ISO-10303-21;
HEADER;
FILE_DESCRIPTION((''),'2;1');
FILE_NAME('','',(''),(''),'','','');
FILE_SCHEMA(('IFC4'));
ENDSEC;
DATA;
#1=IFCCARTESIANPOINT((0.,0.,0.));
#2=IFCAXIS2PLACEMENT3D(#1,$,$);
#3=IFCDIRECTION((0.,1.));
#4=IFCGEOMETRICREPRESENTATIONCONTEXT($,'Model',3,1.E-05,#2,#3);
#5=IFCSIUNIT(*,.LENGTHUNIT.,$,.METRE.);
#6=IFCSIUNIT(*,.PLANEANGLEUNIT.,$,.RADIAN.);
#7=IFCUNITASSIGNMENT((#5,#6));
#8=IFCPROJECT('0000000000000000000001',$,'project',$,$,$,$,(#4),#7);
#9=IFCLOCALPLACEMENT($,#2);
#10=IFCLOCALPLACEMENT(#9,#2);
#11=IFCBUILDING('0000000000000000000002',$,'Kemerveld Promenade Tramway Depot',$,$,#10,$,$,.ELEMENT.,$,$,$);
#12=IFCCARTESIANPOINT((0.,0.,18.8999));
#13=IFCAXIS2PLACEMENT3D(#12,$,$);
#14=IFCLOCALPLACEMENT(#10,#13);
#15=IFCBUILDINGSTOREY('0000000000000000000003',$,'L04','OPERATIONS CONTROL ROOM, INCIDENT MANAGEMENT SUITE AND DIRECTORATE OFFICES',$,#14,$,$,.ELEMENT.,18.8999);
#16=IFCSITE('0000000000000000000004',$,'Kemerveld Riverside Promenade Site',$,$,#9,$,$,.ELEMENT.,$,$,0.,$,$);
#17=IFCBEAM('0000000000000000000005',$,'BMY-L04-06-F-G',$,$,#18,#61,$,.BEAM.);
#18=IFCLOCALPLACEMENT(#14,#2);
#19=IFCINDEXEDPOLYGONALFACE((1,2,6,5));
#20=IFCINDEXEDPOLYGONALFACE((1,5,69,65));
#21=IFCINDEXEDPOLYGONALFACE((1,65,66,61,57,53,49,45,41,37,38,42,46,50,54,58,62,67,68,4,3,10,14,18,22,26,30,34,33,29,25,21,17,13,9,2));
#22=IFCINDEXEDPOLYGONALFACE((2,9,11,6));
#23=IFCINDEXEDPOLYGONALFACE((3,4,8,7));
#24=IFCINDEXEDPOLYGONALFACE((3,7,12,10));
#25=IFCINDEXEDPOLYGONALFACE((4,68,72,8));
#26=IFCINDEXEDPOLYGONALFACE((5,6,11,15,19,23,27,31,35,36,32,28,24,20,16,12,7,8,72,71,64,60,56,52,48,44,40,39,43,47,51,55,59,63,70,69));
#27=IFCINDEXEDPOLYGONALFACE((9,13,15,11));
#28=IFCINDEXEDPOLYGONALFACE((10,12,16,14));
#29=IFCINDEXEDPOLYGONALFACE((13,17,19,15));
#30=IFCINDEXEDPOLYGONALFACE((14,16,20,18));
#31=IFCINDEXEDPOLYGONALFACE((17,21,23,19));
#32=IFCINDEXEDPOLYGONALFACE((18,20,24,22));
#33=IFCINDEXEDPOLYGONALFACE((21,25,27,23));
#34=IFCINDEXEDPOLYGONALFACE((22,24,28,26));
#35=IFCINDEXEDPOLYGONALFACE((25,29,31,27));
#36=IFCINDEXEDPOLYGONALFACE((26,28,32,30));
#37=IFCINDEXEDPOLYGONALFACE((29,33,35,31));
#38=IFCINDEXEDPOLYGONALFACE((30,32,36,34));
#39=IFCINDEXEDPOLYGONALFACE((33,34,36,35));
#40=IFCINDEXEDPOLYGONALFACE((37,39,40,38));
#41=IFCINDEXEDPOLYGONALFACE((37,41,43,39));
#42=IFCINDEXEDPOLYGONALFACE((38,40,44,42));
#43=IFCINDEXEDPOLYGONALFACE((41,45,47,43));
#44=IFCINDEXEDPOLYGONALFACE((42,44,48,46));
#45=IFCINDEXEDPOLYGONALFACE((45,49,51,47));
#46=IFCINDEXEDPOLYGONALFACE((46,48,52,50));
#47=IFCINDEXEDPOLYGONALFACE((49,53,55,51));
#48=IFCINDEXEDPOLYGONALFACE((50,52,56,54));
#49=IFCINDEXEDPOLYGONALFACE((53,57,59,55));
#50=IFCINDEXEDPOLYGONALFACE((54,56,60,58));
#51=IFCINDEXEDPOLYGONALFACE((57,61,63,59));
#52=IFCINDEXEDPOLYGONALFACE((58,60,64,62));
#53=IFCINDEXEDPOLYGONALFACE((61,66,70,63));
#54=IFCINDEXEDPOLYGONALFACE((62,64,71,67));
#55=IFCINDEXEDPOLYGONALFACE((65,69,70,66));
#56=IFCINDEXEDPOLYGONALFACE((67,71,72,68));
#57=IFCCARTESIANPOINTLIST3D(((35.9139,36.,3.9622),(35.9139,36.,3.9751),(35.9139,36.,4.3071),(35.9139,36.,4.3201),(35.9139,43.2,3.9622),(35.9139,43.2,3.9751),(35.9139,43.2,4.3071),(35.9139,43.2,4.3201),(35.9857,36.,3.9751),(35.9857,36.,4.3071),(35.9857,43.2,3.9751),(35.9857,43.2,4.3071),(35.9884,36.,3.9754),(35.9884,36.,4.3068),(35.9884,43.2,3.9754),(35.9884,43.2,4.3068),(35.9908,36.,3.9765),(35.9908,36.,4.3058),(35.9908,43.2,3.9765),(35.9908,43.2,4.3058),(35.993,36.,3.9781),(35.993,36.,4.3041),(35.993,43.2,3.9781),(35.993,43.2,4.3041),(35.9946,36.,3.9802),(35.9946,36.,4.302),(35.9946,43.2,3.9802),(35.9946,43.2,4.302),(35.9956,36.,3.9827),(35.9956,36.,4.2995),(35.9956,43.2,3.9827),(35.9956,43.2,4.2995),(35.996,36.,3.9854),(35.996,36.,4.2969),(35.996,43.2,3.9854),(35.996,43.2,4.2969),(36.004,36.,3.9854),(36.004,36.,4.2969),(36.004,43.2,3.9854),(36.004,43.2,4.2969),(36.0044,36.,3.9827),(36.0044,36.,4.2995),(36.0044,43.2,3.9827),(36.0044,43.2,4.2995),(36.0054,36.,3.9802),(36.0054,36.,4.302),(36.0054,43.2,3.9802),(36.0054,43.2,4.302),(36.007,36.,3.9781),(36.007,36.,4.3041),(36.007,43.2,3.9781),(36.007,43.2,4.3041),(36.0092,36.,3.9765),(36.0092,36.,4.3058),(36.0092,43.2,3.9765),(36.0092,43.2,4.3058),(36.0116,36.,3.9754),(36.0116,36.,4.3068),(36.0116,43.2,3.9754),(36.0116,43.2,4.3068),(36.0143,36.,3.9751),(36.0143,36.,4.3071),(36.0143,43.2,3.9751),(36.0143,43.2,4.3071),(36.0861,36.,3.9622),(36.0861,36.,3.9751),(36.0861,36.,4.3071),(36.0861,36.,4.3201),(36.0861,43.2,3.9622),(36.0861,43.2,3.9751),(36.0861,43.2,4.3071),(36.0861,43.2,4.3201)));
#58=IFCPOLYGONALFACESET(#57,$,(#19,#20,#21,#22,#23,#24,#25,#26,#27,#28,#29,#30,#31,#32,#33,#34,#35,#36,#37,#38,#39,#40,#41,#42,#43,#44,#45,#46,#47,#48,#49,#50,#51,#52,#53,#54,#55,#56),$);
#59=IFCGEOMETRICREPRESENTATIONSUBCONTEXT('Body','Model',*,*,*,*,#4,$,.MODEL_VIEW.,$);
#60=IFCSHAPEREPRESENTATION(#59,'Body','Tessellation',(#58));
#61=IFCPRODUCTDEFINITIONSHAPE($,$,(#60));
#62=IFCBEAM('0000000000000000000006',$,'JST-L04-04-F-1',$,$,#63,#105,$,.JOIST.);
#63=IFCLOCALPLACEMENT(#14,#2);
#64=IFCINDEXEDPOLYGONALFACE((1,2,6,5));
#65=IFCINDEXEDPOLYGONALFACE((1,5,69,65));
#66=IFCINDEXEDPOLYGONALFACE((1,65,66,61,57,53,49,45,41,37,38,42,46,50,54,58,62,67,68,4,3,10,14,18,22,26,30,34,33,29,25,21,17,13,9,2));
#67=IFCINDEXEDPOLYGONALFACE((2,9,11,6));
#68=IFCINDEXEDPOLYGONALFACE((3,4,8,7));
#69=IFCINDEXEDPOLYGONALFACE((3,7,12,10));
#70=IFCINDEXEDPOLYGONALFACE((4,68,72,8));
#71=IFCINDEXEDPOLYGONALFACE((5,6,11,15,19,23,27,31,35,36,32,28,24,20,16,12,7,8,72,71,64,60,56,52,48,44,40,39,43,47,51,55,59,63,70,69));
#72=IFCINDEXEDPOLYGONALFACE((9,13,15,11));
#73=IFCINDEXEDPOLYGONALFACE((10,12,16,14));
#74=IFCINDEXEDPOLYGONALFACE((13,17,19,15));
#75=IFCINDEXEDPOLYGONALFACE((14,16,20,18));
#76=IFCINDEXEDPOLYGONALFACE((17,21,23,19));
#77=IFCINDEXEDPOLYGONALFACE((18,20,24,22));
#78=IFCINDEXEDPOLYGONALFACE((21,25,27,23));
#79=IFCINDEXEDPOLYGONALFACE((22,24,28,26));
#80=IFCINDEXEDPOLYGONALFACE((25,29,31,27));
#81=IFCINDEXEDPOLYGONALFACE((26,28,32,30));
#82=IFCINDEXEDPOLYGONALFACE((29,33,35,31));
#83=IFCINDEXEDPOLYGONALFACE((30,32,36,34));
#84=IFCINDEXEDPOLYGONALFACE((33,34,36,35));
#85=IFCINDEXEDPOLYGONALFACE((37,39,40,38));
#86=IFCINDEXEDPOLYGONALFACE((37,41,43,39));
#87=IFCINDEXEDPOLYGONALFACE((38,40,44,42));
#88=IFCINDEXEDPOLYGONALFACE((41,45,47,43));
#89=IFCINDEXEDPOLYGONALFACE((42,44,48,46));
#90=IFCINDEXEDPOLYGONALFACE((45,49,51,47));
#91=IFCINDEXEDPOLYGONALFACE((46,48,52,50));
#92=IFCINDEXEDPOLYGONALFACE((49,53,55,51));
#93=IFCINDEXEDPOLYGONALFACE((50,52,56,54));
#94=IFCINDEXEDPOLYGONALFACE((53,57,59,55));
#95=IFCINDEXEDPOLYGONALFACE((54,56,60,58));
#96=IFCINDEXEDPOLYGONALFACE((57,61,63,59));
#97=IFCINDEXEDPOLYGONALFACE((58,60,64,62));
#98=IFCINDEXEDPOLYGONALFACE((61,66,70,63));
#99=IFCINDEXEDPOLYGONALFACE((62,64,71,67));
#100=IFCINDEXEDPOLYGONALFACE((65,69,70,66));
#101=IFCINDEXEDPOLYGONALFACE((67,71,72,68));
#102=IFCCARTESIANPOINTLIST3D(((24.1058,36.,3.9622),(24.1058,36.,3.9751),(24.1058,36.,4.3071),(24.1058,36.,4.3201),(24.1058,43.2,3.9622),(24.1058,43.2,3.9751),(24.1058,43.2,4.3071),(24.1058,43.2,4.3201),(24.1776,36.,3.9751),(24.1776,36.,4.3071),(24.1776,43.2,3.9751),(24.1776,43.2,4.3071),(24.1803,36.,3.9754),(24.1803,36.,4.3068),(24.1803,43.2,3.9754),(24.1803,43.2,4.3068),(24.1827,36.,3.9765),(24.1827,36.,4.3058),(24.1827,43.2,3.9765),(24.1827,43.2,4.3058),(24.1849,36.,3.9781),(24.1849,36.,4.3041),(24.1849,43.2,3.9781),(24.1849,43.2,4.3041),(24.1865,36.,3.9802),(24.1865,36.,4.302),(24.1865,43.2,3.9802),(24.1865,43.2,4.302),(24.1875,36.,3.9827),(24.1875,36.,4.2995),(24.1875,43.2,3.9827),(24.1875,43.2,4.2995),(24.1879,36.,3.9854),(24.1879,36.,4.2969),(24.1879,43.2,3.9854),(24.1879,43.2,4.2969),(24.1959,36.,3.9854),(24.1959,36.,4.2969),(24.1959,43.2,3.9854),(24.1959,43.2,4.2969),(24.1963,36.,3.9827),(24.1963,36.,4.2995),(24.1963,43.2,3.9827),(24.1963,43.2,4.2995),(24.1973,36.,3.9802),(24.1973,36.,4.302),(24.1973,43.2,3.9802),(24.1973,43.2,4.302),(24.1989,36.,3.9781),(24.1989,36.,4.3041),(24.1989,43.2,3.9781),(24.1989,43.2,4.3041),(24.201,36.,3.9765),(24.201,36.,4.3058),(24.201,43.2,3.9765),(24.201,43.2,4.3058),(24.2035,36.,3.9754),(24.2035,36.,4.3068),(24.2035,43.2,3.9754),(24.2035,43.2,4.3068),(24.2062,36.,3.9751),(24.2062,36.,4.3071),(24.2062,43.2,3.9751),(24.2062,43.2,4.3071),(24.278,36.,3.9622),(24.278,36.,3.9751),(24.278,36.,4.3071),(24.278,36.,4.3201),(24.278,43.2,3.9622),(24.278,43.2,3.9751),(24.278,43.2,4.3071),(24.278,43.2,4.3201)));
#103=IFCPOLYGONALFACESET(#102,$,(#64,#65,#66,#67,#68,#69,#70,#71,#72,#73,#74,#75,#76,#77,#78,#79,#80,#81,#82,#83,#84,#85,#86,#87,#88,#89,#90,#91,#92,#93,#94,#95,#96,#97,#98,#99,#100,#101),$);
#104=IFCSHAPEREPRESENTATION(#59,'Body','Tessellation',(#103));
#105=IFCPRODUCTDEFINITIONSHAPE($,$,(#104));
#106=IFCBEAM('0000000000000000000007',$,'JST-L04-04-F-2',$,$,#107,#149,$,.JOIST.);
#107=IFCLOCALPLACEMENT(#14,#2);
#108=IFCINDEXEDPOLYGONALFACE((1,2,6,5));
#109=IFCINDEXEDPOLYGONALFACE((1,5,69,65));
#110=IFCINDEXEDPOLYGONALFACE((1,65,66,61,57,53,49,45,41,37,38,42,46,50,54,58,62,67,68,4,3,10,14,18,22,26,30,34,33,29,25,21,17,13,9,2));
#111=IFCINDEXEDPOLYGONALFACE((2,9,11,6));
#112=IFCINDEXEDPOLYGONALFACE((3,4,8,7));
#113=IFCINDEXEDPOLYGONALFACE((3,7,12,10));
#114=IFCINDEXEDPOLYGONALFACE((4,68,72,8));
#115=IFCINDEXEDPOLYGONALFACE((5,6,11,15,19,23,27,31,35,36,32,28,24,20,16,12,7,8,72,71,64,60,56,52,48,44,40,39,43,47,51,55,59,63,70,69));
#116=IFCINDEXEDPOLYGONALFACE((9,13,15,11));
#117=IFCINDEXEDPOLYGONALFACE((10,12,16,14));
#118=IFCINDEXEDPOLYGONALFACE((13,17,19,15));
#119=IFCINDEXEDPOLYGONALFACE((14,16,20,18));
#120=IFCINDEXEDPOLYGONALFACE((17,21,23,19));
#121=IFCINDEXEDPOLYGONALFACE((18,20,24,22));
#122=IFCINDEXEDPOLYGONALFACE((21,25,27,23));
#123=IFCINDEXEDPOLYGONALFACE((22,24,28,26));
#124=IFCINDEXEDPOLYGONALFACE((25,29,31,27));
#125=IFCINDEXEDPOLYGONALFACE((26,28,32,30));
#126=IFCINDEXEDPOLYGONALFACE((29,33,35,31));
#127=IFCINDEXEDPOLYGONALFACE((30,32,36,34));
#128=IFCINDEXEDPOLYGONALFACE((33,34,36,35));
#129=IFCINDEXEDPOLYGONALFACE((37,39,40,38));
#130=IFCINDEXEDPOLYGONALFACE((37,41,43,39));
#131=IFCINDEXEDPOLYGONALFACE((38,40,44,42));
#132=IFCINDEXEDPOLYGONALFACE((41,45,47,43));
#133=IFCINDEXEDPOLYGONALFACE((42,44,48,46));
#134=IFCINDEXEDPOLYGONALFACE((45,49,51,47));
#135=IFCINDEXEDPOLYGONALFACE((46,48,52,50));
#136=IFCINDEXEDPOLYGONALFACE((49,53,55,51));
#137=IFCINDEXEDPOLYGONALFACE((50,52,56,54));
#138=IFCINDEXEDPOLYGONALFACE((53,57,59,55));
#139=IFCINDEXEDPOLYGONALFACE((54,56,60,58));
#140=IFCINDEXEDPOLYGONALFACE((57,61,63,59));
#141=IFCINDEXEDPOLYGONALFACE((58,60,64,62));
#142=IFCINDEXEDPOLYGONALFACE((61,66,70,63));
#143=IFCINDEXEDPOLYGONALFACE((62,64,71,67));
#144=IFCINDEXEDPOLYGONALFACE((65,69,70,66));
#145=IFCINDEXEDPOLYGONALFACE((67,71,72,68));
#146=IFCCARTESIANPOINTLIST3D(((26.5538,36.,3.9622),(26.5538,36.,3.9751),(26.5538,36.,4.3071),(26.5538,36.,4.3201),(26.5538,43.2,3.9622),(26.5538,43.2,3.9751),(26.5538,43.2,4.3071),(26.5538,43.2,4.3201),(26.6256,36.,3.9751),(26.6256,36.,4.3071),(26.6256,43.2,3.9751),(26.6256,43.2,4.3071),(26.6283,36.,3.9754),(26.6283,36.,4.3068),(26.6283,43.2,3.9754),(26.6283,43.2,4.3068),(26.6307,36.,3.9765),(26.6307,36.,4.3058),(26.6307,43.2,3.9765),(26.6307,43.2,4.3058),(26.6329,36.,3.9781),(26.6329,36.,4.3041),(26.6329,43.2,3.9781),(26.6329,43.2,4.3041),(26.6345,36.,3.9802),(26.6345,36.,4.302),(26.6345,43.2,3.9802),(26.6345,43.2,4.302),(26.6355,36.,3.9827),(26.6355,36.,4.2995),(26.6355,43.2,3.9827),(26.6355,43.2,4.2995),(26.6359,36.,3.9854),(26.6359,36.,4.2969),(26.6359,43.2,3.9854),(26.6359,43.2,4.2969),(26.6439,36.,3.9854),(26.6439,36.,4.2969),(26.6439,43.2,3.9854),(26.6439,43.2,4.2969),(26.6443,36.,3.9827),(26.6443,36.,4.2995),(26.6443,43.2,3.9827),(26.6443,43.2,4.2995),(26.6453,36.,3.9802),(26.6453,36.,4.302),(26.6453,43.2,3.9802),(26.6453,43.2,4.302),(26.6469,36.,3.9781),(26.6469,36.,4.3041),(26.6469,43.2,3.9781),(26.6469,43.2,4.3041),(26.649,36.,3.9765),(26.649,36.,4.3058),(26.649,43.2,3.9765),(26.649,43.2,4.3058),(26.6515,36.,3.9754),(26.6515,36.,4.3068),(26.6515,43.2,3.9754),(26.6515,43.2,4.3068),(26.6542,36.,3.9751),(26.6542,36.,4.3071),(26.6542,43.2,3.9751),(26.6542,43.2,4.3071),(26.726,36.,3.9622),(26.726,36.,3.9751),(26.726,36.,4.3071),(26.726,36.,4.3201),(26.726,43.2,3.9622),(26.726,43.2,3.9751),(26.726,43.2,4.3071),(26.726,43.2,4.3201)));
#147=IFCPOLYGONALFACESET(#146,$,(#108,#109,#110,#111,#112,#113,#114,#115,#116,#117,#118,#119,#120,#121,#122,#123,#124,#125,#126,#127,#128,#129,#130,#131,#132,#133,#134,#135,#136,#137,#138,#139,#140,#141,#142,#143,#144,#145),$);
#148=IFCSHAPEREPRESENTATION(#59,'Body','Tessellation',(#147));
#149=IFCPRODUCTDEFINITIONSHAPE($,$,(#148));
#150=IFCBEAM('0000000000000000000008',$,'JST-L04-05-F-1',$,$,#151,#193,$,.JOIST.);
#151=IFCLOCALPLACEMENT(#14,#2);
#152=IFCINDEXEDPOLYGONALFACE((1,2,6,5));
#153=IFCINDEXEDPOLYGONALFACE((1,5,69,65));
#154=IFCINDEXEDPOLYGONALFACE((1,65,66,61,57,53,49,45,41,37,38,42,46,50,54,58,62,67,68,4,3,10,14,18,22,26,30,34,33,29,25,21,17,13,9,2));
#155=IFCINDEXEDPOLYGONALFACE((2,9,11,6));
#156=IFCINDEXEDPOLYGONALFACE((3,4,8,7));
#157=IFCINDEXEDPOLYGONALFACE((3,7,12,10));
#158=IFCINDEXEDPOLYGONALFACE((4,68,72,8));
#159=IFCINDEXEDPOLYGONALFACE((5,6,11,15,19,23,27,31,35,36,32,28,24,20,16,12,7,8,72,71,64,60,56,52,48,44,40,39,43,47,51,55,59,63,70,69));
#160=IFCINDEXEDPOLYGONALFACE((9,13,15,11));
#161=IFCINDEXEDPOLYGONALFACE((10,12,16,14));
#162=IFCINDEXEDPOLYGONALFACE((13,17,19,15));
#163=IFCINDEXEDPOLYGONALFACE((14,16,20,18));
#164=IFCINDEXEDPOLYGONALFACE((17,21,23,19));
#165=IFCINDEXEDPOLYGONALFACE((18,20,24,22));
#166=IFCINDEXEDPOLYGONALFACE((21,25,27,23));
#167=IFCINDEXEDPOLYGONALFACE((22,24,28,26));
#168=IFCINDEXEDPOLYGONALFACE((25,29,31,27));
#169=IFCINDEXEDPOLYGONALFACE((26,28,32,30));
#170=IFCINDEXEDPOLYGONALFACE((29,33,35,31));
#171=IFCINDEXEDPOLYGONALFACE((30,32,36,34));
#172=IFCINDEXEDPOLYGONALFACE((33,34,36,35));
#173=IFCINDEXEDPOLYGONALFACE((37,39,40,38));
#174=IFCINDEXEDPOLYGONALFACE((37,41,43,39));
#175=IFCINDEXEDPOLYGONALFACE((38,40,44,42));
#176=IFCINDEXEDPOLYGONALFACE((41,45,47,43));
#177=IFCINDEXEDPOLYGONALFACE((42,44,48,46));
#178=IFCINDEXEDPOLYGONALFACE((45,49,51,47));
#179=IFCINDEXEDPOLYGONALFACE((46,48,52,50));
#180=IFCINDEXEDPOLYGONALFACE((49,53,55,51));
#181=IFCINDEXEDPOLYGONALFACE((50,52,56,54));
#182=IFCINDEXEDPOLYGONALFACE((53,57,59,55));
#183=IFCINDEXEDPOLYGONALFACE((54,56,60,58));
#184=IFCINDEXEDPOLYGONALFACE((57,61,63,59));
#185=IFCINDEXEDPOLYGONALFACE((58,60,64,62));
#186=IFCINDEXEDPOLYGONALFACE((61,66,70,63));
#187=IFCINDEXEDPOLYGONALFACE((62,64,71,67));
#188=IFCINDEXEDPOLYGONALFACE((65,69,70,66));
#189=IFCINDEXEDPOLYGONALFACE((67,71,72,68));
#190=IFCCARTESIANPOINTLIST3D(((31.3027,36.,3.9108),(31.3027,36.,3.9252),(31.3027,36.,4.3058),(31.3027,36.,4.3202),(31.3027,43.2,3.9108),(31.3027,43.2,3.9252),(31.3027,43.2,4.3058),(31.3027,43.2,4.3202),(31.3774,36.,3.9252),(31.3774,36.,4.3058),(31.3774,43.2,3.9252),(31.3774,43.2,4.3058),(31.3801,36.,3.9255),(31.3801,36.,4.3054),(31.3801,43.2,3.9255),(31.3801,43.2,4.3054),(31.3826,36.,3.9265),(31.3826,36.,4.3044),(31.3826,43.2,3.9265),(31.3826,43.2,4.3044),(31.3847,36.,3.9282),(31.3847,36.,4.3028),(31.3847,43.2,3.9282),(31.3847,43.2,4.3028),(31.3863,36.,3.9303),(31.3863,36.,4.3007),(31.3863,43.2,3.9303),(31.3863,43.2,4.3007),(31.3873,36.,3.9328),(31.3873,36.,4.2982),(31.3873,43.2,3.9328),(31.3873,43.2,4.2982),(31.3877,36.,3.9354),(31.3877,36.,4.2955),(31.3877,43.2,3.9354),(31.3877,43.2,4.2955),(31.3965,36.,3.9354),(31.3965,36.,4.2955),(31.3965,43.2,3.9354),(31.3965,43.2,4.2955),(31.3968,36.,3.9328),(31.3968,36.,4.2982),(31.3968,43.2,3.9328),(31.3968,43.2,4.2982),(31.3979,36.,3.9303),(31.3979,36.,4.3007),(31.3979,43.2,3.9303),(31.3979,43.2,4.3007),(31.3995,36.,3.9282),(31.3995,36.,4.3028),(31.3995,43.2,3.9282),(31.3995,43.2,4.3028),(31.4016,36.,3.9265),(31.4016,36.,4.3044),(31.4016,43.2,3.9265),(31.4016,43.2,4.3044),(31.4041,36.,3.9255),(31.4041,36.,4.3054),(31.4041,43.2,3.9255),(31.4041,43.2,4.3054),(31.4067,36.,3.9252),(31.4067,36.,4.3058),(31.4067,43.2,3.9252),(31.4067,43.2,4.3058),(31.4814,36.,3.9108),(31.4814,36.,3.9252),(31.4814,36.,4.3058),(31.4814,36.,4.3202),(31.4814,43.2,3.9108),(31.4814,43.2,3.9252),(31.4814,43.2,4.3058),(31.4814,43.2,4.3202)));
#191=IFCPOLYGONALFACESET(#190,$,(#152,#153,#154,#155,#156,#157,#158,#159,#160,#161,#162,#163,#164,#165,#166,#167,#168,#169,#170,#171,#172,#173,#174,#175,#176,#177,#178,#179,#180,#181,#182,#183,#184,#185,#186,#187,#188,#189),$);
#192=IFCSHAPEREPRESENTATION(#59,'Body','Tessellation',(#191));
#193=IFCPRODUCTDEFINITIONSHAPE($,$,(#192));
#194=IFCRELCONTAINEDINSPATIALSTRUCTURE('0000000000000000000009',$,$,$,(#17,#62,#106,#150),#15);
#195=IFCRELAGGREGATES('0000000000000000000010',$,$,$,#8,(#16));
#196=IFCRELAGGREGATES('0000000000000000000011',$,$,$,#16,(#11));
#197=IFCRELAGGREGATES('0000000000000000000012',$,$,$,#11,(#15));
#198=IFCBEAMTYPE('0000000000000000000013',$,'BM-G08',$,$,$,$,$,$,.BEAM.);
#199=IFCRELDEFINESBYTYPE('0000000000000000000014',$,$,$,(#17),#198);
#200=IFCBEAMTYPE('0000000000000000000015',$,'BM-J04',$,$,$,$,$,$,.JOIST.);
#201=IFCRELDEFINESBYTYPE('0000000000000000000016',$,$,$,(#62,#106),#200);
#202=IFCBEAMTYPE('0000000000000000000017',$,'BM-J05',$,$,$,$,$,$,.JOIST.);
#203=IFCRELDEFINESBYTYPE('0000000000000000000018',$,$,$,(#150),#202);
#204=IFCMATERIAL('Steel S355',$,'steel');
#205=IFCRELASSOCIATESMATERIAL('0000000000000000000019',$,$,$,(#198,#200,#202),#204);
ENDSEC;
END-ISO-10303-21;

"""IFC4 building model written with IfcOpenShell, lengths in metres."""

from ifc_helpers import new_model, si_unit, direction, frame, origin, origin_2d, place, context, subcontext, project, spatial, i_section, extrude, material, material_profile, profile_set, type_object, element, save


model = new_model("IFC4")

# Units and contexts
model_context = context("Model", 3, precision=1e-05, world=origin(), true_north=direction((0.0, 1.0)))
body_context = subcontext(model_context, "Body", "Model", "MODEL_VIEW")
ifc_project = project(units=[si_unit("LENGTHUNIT", "METRE"), si_unit("PLANEANGLEUNIT", "RADIAN")], contexts=[model_context])

# Site, building, storey
site_placement = place(None, origin())
site = spatial("IfcSite", under=ifc_project, at=site_placement, Name="Kemerveld Riverside Promenade Site", CompositionType="ELEMENT", RefElevation=0.0)
building_placement = place(site_placement, origin())
building = spatial("IfcBuilding", under=site, at=building_placement, Name="Kemerveld Promenade Tramway Depot", CompositionType="ELEMENT")
storey_placement = place(building_placement, frame((0.0, 0.0, 18.8999)))
storey = spatial("IfcBuildingStorey", under=building, at=storey_placement, Name="L04", Description="OPERATIONS CONTROL ROOM, INCIDENT MANAGEMENT SUITE AND DIRECTORATE OFFICES", CompositionType="ELEMENT", Elevation=18.8999)

# Shared definitions
ifc_material_1 = material(Name="Steel S355", Category="steel")

# Beams
ifc_material_profile_1 = material_profile(ifc_material_1, i_section(OverallWidth=0.1721, OverallDepth=0.3579, WebThickness=0.0081, FlangeThickness=0.0129, FilletRadius=0.0103, at=origin_2d()), Name="356x171x57 UB")
ifc_profile_set_1 = profile_set([ifc_material_profile_1], Name="Steel S355")
beam_type_1 = type_object("IfcBeamType", Name="BM-G08", PredefinedType="BEAM", material=ifc_profile_set_1)
for number, where, z_axis, x_axis, name in (
    (1, (36.0, 36.0, 4.1411), (0.0, 1.0, 0.0), (-1.0, 0.0, 0.0), "BMY-L04-06-F-G"),
):
    element("IfcBeam", number, at=place(storey_placement, frame(where, z_axis=z_axis, x_axis=x_axis)), inside=storey, type_object=beam_type_1, Name=name, PredefinedType="BEAM", context=body_context, shape_type="SweptSolid", body=[
        extrude(i_section(OverallWidth=0.1721, OverallDepth=0.3579, WebThickness=0.0081, FlangeThickness=0.0129, FilletRadius=0.0103, at=origin_2d()), origin(), (0.0, 0.0, 1.0), 7.2),
    ])
ifc_material_profile_2 = material_profile(ifc_material_1, i_section(OverallWidth=0.1721, OverallDepth=0.3579, WebThickness=0.0081, FlangeThickness=0.0129, FilletRadius=0.0103, at=origin_2d()), Name="356x171x57 UB")
ifc_profile_set_2 = profile_set([ifc_material_profile_2], Name="Steel S355")
beam_type_2 = type_object("IfcBeamType", Name="BM-J04", PredefinedType="JOIST", material=ifc_profile_set_2)
for number, where, z_axis, x_axis, name in (
    (2, (24.1919, 36.0, 4.1411), (0.0, 1.0, 0.0), (-1.0, 0.0, 0.0), "JST-L04-04-F-1"),
    (3, (26.6399, 36.0, 4.1411), (0.0, 1.0, 0.0), (-1.0, 0.0, 0.0), "JST-L04-04-F-2"),
):
    element("IfcBeam", number, at=place(storey_placement, frame(where, z_axis=z_axis, x_axis=x_axis)), inside=storey, type_object=beam_type_2, Name=name, PredefinedType="JOIST", context=body_context, shape_type="SweptSolid", body=[
        extrude(i_section(OverallWidth=0.1721, OverallDepth=0.3579, WebThickness=0.0081, FlangeThickness=0.0129, FilletRadius=0.0103, at=origin_2d()), origin(), (0.0, 0.0, 1.0), 7.2),
    ])
ifc_material_profile_3 = material_profile(ifc_material_1, i_section(OverallWidth=0.1787, OverallDepth=0.4094, WebThickness=0.0088, FlangeThickness=0.0144, FilletRadius=0.0103, at=origin_2d()), Name="406x178x67 UB")
ifc_profile_set_3 = profile_set([ifc_material_profile_3], Name="Steel S355")
beam_type_3 = type_object("IfcBeamType", Name="BM-J05", PredefinedType="JOIST", material=ifc_profile_set_3)
for number, where, z_axis, x_axis, name in (
    (4, (31.3921, 36.0, 4.1155), (0.0, 1.0, 0.0), (-1.0, 0.0, 0.0), "JST-L04-05-F-1"),
):
    element("IfcBeam", number, at=place(storey_placement, frame(where, z_axis=z_axis, x_axis=x_axis)), inside=storey, type_object=beam_type_3, Name=name, PredefinedType="JOIST", context=body_context, shape_type="SweptSolid", body=[
        extrude(i_section(OverallWidth=0.1787, OverallDepth=0.4094, WebThickness=0.0088, FlangeThickness=0.0144, FilletRadius=0.0103, at=origin_2d()), origin(), (0.0, 0.0, 1.0), 7.2),
    ])

save(model, "model.ifc")
